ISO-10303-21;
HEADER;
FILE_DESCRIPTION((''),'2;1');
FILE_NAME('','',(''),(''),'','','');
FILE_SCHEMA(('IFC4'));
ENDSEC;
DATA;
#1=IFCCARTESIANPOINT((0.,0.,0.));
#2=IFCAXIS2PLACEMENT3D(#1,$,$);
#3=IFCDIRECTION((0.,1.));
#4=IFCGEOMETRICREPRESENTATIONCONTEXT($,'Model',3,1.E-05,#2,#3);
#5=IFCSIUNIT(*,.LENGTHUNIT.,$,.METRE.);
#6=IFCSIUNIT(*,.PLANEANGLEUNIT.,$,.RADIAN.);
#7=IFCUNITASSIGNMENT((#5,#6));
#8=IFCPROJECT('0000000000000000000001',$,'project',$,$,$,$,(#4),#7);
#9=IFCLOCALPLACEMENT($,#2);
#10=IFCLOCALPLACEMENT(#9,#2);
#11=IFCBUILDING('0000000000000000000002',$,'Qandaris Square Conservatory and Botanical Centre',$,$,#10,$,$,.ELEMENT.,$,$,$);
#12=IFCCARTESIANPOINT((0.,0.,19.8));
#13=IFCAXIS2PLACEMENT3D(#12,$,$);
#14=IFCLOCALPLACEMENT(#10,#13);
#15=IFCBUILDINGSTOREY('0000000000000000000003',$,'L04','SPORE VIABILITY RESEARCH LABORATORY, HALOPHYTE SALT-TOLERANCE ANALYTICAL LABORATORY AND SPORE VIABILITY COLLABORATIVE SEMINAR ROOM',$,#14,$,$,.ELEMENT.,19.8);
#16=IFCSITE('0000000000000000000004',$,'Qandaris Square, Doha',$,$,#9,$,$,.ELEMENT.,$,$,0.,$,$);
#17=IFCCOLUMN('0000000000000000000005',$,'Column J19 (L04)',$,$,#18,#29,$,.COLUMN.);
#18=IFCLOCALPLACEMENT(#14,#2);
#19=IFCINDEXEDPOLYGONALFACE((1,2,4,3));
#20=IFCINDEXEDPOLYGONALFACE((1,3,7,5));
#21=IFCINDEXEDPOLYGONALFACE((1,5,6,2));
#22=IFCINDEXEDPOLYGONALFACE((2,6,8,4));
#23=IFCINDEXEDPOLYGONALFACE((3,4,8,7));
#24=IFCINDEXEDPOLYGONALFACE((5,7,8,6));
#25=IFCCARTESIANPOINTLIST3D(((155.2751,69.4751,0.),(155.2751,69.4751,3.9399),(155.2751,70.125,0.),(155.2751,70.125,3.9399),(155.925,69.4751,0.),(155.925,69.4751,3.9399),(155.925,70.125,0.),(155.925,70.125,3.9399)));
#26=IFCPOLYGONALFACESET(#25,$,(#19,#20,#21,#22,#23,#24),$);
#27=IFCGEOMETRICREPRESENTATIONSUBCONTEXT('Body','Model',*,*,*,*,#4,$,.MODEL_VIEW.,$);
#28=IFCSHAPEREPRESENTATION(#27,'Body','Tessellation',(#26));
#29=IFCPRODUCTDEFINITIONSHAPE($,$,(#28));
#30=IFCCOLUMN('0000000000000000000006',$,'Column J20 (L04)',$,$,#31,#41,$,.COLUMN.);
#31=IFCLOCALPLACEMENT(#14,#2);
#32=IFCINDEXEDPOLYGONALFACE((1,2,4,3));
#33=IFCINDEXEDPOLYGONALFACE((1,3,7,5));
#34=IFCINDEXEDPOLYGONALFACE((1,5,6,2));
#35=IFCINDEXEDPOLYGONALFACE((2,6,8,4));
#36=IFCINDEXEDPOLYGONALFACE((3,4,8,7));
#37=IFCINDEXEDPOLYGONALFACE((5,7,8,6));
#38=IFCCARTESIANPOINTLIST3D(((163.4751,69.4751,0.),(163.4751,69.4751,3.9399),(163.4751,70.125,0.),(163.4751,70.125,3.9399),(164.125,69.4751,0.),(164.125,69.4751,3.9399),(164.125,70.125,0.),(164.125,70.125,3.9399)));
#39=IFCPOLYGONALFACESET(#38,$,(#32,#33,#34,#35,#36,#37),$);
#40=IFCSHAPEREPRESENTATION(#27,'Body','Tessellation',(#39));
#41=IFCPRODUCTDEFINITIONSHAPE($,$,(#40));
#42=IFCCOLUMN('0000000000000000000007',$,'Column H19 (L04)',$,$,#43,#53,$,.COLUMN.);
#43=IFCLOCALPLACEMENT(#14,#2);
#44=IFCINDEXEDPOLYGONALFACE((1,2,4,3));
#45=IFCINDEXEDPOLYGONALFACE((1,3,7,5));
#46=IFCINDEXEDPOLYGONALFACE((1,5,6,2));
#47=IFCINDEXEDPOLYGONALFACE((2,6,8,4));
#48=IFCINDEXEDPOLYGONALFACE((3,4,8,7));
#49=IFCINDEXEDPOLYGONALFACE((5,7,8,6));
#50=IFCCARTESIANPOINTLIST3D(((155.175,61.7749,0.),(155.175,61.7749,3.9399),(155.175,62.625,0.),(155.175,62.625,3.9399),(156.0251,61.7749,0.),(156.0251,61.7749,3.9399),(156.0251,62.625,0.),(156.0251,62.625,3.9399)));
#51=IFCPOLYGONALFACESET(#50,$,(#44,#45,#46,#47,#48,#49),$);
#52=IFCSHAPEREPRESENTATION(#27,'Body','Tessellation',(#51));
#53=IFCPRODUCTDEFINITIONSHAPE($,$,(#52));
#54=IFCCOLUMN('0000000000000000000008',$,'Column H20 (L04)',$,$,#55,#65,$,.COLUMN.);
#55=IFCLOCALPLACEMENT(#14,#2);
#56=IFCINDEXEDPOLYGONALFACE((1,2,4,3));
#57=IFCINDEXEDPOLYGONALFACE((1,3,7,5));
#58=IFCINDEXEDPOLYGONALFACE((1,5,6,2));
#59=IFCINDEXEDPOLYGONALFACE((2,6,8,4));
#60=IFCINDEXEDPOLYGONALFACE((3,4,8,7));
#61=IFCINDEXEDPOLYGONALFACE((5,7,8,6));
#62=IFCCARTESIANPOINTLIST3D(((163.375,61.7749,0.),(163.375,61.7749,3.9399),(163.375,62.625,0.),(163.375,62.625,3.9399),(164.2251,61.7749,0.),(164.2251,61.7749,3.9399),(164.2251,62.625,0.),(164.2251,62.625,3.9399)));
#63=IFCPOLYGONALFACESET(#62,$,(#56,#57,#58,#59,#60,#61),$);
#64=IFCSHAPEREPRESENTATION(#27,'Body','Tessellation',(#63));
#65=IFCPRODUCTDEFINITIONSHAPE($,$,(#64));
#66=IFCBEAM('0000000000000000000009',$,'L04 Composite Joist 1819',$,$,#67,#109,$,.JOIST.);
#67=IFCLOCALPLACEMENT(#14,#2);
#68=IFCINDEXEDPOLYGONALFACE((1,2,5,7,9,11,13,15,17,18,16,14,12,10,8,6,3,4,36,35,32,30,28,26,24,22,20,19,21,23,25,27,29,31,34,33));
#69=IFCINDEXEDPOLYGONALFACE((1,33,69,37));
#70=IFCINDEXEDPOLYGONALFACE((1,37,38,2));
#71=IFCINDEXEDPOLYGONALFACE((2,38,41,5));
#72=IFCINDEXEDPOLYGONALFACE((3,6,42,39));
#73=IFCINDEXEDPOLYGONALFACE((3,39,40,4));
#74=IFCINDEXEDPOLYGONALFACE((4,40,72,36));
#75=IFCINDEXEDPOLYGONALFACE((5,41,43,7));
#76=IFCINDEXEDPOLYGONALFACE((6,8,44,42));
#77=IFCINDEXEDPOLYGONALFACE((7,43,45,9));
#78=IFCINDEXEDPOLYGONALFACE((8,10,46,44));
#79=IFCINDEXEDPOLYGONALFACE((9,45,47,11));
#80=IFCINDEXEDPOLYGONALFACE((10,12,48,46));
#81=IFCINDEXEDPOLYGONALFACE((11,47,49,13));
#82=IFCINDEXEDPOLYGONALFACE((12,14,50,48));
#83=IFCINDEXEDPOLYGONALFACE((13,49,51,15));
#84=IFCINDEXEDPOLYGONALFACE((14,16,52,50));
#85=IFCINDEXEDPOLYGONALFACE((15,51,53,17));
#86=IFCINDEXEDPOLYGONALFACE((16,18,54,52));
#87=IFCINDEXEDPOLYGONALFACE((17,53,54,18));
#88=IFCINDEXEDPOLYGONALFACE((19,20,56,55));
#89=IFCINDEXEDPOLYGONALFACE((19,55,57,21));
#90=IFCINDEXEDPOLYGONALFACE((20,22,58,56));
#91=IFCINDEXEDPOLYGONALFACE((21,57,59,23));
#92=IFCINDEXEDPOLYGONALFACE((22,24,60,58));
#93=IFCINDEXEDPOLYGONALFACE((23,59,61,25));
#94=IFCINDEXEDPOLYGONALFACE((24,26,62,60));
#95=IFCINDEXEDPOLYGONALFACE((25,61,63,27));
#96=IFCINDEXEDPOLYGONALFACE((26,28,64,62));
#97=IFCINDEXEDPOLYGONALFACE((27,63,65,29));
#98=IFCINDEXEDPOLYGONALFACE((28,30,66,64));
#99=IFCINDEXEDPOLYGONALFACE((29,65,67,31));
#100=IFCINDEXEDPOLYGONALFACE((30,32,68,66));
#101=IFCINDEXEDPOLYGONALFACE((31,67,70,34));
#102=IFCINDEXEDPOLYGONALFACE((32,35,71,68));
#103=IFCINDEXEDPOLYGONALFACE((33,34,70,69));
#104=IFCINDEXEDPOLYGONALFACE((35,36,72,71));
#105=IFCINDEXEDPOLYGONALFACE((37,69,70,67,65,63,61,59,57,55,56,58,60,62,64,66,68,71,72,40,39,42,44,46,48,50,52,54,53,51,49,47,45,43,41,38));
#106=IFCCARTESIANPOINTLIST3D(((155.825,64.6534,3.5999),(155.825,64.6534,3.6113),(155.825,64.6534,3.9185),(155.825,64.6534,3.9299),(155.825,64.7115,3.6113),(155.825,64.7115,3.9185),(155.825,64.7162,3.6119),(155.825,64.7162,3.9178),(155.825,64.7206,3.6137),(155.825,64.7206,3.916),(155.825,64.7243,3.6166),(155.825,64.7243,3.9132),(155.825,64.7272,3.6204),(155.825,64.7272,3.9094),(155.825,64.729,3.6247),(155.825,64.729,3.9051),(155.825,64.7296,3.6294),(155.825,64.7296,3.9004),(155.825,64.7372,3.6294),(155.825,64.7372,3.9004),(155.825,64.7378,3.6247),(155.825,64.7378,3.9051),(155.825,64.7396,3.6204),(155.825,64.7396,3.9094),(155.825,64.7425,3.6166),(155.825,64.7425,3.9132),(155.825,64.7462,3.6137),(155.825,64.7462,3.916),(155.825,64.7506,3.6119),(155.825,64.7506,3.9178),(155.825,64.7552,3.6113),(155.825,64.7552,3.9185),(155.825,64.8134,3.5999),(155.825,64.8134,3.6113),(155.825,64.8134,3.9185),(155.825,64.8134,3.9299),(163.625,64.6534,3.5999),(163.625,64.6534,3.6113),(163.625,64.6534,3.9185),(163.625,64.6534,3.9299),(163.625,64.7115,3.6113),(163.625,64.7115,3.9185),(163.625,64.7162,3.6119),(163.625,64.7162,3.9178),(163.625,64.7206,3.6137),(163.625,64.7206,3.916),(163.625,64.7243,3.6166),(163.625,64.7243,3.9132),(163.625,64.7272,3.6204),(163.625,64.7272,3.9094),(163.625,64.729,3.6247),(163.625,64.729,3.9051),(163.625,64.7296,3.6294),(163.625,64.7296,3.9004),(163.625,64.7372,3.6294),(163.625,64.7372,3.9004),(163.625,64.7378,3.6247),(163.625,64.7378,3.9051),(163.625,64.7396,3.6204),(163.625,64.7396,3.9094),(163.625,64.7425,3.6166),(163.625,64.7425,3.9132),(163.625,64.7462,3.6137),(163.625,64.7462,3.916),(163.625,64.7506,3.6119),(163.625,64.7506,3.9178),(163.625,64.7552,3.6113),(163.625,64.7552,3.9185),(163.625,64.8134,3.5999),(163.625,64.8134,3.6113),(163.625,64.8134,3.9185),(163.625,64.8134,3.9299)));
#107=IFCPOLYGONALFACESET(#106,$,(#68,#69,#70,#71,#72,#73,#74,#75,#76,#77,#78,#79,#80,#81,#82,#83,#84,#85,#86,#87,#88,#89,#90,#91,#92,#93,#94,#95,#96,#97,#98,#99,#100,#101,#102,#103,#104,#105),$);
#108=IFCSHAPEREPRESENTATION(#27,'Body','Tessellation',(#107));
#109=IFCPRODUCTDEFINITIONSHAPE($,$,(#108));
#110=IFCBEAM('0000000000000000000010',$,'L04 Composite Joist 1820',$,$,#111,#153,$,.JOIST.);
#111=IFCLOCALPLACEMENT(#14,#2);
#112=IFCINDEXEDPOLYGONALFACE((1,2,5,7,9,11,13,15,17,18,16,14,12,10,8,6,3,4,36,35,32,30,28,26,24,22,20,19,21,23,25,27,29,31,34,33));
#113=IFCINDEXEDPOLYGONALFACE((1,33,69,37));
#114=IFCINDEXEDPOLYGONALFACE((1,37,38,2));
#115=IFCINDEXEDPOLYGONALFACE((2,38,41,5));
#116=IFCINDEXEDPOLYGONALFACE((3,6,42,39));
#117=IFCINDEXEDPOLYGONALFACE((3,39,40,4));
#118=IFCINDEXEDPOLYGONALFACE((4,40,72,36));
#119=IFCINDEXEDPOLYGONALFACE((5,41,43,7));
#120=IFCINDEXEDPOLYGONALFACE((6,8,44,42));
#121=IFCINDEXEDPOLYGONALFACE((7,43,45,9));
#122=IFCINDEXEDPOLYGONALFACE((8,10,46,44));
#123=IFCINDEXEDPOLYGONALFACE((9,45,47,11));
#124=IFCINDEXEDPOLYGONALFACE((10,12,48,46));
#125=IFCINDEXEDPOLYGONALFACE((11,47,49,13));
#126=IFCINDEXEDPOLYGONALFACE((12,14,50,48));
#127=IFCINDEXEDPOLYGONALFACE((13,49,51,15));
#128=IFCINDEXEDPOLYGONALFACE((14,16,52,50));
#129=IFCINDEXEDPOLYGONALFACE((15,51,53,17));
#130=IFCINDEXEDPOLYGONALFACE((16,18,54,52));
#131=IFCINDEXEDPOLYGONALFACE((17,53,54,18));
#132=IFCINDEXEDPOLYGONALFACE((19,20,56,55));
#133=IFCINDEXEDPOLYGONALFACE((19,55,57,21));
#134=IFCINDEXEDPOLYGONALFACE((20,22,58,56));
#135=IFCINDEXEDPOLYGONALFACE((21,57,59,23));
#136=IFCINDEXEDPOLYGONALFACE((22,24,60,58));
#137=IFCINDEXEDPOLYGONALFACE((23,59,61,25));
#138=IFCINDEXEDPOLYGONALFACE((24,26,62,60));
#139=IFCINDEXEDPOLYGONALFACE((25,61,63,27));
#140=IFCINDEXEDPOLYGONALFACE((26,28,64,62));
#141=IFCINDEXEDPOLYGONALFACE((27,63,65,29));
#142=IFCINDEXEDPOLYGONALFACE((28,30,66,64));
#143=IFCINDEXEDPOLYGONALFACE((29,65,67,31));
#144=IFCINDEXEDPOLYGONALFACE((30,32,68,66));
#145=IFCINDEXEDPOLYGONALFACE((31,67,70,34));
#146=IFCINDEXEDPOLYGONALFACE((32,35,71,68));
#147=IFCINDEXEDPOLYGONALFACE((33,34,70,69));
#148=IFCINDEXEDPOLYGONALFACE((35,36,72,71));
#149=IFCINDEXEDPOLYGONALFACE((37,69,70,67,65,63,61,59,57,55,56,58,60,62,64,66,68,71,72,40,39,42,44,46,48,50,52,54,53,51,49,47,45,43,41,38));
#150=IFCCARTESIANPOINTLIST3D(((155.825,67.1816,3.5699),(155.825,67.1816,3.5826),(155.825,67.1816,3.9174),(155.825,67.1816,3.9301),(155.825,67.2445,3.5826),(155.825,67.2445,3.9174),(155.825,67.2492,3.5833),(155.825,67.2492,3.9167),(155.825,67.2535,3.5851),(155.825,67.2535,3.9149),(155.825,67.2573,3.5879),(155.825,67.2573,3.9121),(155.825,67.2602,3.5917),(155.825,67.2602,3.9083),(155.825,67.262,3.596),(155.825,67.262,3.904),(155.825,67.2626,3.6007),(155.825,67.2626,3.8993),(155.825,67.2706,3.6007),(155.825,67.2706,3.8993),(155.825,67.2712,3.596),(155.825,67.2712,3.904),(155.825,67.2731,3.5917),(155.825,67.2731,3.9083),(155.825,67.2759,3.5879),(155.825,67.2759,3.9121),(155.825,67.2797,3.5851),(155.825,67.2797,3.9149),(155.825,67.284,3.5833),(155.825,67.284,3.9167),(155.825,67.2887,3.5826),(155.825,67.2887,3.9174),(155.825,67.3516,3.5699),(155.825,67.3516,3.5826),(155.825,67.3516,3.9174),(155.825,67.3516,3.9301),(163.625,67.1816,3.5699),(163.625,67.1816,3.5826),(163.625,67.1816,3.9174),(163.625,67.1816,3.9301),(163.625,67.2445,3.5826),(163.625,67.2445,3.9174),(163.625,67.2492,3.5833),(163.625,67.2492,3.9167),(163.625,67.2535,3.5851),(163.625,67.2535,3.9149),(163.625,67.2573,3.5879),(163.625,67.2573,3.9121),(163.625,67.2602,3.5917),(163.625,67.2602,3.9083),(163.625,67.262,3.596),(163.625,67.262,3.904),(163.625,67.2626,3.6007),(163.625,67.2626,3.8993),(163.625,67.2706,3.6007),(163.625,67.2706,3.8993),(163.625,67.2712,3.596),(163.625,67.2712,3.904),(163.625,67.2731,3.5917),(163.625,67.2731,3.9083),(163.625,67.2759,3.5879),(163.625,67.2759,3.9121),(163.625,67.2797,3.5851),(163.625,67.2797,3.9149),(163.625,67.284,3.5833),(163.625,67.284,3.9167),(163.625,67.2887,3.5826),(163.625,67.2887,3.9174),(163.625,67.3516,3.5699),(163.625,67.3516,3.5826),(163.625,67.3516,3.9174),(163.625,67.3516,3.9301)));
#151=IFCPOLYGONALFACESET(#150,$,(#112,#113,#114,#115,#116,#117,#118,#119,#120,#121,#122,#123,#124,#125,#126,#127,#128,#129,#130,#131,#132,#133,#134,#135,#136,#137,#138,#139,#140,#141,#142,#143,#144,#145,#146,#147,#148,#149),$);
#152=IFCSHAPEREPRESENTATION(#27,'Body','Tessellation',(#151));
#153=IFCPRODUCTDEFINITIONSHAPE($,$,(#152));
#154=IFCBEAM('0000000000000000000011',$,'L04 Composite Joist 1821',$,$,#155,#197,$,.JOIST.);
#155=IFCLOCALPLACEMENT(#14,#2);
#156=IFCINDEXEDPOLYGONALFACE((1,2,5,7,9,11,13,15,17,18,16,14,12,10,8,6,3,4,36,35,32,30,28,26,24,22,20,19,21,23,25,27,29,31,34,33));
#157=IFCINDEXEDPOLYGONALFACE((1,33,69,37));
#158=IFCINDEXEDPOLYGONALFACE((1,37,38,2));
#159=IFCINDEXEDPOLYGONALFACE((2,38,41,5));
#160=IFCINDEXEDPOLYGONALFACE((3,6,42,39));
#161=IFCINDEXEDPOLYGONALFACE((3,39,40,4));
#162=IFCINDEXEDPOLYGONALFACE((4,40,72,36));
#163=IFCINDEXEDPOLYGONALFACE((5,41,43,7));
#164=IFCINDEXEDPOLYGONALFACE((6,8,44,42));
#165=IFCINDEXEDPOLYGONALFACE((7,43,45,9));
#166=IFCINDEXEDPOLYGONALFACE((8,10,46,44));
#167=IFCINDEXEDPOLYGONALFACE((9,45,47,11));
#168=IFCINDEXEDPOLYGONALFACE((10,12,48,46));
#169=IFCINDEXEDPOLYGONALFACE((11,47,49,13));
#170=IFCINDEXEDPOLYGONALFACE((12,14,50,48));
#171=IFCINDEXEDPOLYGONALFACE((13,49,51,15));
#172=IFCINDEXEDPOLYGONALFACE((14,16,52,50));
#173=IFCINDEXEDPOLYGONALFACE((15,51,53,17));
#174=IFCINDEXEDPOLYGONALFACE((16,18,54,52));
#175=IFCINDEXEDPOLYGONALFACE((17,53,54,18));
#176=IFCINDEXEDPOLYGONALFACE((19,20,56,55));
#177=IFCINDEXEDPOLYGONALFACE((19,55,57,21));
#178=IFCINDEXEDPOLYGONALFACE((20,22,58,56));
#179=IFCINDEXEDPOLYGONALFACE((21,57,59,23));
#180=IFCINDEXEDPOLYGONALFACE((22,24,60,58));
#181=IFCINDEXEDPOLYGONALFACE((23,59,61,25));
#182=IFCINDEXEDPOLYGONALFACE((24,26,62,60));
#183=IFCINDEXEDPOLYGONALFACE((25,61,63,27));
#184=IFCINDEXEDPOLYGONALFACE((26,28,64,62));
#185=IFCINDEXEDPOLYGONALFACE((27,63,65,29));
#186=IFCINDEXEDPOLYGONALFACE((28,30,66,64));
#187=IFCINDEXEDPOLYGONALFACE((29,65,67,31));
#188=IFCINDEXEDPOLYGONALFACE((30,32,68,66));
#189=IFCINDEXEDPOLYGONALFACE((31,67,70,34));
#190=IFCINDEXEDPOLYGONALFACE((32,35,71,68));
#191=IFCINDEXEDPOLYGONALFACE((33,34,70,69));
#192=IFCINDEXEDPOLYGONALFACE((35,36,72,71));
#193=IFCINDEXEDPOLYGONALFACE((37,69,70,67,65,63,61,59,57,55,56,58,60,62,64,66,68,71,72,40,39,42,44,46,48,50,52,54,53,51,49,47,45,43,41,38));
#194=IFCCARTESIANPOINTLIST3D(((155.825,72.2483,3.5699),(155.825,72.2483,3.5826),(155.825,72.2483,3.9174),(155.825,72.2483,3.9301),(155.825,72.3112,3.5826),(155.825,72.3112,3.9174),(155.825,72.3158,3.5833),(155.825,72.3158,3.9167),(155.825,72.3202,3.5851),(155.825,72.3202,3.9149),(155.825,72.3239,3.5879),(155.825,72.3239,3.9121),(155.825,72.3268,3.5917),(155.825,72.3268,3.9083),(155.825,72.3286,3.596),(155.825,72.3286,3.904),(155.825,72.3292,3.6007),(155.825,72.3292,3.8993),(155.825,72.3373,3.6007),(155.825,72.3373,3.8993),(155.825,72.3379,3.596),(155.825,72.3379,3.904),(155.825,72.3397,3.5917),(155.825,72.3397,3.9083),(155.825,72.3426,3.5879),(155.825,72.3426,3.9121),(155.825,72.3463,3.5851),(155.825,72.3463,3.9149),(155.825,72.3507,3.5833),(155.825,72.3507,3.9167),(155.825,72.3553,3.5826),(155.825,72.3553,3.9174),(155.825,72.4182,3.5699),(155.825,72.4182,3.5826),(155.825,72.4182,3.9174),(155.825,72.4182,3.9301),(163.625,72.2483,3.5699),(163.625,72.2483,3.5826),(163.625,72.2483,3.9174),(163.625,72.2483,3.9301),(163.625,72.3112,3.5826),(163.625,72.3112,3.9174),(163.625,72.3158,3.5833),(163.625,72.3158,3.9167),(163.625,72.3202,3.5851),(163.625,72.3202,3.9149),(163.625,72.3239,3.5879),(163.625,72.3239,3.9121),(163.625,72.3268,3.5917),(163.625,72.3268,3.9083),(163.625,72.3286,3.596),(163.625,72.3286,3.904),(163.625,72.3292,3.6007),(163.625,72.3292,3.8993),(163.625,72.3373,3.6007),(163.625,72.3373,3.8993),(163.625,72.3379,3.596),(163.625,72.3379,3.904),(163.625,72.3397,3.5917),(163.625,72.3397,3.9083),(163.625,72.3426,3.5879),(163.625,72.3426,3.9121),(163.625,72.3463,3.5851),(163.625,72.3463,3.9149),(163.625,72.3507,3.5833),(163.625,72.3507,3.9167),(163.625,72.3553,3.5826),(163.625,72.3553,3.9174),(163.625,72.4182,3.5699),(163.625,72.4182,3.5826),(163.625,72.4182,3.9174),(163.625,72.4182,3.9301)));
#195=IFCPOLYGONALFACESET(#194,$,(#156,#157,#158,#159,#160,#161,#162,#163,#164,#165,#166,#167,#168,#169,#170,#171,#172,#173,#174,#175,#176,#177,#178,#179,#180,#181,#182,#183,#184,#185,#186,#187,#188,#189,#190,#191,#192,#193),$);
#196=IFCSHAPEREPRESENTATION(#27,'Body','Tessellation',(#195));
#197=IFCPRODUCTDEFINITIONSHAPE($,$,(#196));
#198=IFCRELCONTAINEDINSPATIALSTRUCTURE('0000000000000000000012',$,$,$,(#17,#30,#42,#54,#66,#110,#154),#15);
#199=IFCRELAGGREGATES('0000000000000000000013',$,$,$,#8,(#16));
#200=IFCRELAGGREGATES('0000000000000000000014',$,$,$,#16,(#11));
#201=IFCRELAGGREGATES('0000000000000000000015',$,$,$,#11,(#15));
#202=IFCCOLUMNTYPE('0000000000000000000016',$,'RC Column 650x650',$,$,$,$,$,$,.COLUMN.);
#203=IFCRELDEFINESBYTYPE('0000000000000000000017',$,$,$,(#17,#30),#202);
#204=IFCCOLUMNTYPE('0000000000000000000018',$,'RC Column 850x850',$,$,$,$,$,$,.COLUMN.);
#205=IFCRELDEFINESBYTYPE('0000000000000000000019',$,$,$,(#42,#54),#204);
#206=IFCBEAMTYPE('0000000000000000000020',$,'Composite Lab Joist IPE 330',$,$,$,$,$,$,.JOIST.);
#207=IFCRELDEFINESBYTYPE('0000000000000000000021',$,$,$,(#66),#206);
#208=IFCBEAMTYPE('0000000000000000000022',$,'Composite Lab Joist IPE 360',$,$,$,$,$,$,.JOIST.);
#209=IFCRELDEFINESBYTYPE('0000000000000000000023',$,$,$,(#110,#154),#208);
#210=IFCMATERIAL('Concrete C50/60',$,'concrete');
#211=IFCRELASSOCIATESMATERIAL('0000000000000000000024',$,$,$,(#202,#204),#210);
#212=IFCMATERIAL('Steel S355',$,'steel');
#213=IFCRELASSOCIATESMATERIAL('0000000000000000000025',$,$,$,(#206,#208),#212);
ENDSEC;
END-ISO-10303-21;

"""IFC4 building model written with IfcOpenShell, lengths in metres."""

from ifc_helpers import new_model, si_unit, direction, frame, origin, origin_2d, place, context, subcontext, project, spatial, rectangle, i_section, extrude, material, material_profile, profile_set, type_object, element, save


model = new_model("IFC4")

# Units and contexts
model_context = context("Model", 3, precision=1e-05, world=origin(), true_north=direction((0.0, 1.0)))
body_context = subcontext(model_context, "Body", "Model", "MODEL_VIEW")
ifc_project = project(units=[si_unit("LENGTHUNIT", "METRE"), si_unit("PLANEANGLEUNIT", "RADIAN")], contexts=[model_context])

# Site, building, storey
site_placement = place(None, origin())
site = spatial("IfcSite", under=ifc_project, at=site_placement, Name="Qandaris Square, Doha", CompositionType="ELEMENT", RefElevation=0.0)
building_placement = place(site_placement, origin())
building = spatial("IfcBuilding", under=site, at=building_placement, Name="Qandaris Square Conservatory and Botanical Centre", CompositionType="ELEMENT")
storey_placement = place(building_placement, frame((0.0, 0.0, 19.8)))
storey = spatial("IfcBuildingStorey", under=building, at=storey_placement, Name="L04", Description="SPORE VIABILITY RESEARCH LABORATORY, HALOPHYTE SALT-TOLERANCE ANALYTICAL LABORATORY AND SPORE VIABILITY COLLABORATIVE SEMINAR ROOM", CompositionType="ELEMENT", Elevation=19.8)

# Columns
ifc_material_1 = material(Name="Concrete C50/60", Category="concrete")
ifc_material_profile_1 = material_profile(ifc_material_1, rectangle(XDim=0.6499, YDim=0.6499, at=origin_2d()), Name="RC-COL 650x650")
ifc_profile_set_1 = profile_set([ifc_material_profile_1], Name="Concrete C50/60")
column_type_1 = type_object("IfcColumnType", Name="RC Column 650x650", PredefinedType="COLUMN", material=ifc_profile_set_1)
for number, where, z_axis, x_axis, name in (
    (1, (155.6001, 69.8, 0.0), (0.0, 0.0, 1.0), (1.0, 0.0, 0.0), "Column J19 (L04)"),
    (2, (163.8, 69.8, 0.0), (0.0, 0.0, 1.0), (1.0, 0.0, 0.0), "Column J20 (L04)"),
):
    element("IfcColumn", number, at=place(storey_placement, frame(where, z_axis=z_axis, x_axis=x_axis)), inside=storey, type_object=column_type_1, Name=name, PredefinedType="COLUMN", context=body_context, shape_type="SweptSolid", body=[
        extrude(rectangle(XDim=0.6499, YDim=0.6499, at=origin_2d()), origin(), (0.0, 0.0, 1.0), 3.9399),
    ])
ifc_material_profile_2 = material_profile(ifc_material_1, rectangle(XDim=0.8501, YDim=0.8501, at=origin_2d()), Name="RC-COL 850x850")
ifc_profile_set_2 = profile_set([ifc_material_profile_2], Name="Concrete C50/60")
column_type_2 = type_object("IfcColumnType", Name="RC Column 850x850", PredefinedType="COLUMN", material=ifc_profile_set_2)
for number, where, z_axis, x_axis, name in (
    (3, (155.6001, 62.2, 0.0), (0.0, 0.0, 1.0), (1.0, 0.0, 0.0), "Column H19 (L04)"),
    (4, (163.8, 62.2, 0.0), (0.0, 0.0, 1.0), (1.0, 0.0, 0.0), "Column H20 (L04)"),
):
    element("IfcColumn", number, at=place(storey_placement, frame(where, z_axis=z_axis, x_axis=x_axis)), inside=storey, type_object=column_type_2, Name=name, PredefinedType="COLUMN", context=body_context, shape_type="SweptSolid", body=[
        extrude(rectangle(XDim=0.8501, YDim=0.8501, at=origin_2d()), origin(), (0.0, 0.0, 1.0), 3.9399),
    ])

# Beams
ifc_material_2 = material(Name="Steel S355", Category="steel")
ifc_material_profile_3 = material_profile(ifc_material_2, i_section(OverallWidth=0.1599, OverallDepth=0.3301, WebThickness=0.0076, FlangeThickness=0.0115, FilletRadius=0.0181, at=origin_2d()), Name="IPE 330")
ifc_profile_set_3 = profile_set([ifc_material_profile_3], Name="Steel S355")
beam_type_1 = type_object("IfcBeamType", Name="Composite Lab Joist IPE 330", PredefinedType="JOIST", material=ifc_profile_set_3)
beam_1_placement = place(storey_placement, frame((155.825, 64.7334, 3.7649), z_axis=(1.0, 0.0, 0.0), x_axis=(0.0, 1.0, 0.0)))
element("IfcBeam", 5, at=beam_1_placement, inside=storey, type_object=beam_type_1, Name="L04 Composite Joist 1819", PredefinedType="JOIST", context=body_context, shape_type="SweptSolid", body=[
    extrude(i_section(OverallWidth=0.1599, OverallDepth=0.3301, WebThickness=0.0076, FlangeThickness=0.0115, FilletRadius=0.0181, at=origin_2d()), origin(), (0.0, 0.0, 1.0), 7.8),
])
ifc_material_profile_4 = material_profile(ifc_material_2, i_section(OverallWidth=0.1699, OverallDepth=0.3601, WebThickness=0.0081, FlangeThickness=0.0127, FilletRadius=0.0181, at=origin_2d()), Name="IPE 360")
ifc_profile_set_4 = profile_set([ifc_material_profile_4], Name="Steel S355")
beam_type_2 = type_object("IfcBeamType", Name="Composite Lab Joist IPE 360", PredefinedType="JOIST", material=ifc_profile_set_4)
for number, where, z_axis, x_axis, name in (
    (6, (155.825, 67.2666, 3.75), (1.0, 0.0, 0.0), (0.0, 1.0, 0.0), "L04 Composite Joist 1820"),
    (7, (155.825, 72.3333, 3.75), (1.0, 0.0, 0.0), (0.0, 1.0, 0.0), "L04 Composite Joist 1821"),
):
    element("IfcBeam", number, at=place(storey_placement, frame(where, z_axis=z_axis, x_axis=x_axis)), inside=storey, type_object=beam_type_2, Name=name, PredefinedType="JOIST", context=body_context, shape_type="SweptSolid", body=[
        extrude(i_section(OverallWidth=0.1699, OverallDepth=0.3601, WebThickness=0.0081, FlangeThickness=0.0127, FilletRadius=0.0181, at=origin_2d()), origin(), (0.0, 0.0, 1.0), 7.8),
    ])

save(model, "model.ifc")
